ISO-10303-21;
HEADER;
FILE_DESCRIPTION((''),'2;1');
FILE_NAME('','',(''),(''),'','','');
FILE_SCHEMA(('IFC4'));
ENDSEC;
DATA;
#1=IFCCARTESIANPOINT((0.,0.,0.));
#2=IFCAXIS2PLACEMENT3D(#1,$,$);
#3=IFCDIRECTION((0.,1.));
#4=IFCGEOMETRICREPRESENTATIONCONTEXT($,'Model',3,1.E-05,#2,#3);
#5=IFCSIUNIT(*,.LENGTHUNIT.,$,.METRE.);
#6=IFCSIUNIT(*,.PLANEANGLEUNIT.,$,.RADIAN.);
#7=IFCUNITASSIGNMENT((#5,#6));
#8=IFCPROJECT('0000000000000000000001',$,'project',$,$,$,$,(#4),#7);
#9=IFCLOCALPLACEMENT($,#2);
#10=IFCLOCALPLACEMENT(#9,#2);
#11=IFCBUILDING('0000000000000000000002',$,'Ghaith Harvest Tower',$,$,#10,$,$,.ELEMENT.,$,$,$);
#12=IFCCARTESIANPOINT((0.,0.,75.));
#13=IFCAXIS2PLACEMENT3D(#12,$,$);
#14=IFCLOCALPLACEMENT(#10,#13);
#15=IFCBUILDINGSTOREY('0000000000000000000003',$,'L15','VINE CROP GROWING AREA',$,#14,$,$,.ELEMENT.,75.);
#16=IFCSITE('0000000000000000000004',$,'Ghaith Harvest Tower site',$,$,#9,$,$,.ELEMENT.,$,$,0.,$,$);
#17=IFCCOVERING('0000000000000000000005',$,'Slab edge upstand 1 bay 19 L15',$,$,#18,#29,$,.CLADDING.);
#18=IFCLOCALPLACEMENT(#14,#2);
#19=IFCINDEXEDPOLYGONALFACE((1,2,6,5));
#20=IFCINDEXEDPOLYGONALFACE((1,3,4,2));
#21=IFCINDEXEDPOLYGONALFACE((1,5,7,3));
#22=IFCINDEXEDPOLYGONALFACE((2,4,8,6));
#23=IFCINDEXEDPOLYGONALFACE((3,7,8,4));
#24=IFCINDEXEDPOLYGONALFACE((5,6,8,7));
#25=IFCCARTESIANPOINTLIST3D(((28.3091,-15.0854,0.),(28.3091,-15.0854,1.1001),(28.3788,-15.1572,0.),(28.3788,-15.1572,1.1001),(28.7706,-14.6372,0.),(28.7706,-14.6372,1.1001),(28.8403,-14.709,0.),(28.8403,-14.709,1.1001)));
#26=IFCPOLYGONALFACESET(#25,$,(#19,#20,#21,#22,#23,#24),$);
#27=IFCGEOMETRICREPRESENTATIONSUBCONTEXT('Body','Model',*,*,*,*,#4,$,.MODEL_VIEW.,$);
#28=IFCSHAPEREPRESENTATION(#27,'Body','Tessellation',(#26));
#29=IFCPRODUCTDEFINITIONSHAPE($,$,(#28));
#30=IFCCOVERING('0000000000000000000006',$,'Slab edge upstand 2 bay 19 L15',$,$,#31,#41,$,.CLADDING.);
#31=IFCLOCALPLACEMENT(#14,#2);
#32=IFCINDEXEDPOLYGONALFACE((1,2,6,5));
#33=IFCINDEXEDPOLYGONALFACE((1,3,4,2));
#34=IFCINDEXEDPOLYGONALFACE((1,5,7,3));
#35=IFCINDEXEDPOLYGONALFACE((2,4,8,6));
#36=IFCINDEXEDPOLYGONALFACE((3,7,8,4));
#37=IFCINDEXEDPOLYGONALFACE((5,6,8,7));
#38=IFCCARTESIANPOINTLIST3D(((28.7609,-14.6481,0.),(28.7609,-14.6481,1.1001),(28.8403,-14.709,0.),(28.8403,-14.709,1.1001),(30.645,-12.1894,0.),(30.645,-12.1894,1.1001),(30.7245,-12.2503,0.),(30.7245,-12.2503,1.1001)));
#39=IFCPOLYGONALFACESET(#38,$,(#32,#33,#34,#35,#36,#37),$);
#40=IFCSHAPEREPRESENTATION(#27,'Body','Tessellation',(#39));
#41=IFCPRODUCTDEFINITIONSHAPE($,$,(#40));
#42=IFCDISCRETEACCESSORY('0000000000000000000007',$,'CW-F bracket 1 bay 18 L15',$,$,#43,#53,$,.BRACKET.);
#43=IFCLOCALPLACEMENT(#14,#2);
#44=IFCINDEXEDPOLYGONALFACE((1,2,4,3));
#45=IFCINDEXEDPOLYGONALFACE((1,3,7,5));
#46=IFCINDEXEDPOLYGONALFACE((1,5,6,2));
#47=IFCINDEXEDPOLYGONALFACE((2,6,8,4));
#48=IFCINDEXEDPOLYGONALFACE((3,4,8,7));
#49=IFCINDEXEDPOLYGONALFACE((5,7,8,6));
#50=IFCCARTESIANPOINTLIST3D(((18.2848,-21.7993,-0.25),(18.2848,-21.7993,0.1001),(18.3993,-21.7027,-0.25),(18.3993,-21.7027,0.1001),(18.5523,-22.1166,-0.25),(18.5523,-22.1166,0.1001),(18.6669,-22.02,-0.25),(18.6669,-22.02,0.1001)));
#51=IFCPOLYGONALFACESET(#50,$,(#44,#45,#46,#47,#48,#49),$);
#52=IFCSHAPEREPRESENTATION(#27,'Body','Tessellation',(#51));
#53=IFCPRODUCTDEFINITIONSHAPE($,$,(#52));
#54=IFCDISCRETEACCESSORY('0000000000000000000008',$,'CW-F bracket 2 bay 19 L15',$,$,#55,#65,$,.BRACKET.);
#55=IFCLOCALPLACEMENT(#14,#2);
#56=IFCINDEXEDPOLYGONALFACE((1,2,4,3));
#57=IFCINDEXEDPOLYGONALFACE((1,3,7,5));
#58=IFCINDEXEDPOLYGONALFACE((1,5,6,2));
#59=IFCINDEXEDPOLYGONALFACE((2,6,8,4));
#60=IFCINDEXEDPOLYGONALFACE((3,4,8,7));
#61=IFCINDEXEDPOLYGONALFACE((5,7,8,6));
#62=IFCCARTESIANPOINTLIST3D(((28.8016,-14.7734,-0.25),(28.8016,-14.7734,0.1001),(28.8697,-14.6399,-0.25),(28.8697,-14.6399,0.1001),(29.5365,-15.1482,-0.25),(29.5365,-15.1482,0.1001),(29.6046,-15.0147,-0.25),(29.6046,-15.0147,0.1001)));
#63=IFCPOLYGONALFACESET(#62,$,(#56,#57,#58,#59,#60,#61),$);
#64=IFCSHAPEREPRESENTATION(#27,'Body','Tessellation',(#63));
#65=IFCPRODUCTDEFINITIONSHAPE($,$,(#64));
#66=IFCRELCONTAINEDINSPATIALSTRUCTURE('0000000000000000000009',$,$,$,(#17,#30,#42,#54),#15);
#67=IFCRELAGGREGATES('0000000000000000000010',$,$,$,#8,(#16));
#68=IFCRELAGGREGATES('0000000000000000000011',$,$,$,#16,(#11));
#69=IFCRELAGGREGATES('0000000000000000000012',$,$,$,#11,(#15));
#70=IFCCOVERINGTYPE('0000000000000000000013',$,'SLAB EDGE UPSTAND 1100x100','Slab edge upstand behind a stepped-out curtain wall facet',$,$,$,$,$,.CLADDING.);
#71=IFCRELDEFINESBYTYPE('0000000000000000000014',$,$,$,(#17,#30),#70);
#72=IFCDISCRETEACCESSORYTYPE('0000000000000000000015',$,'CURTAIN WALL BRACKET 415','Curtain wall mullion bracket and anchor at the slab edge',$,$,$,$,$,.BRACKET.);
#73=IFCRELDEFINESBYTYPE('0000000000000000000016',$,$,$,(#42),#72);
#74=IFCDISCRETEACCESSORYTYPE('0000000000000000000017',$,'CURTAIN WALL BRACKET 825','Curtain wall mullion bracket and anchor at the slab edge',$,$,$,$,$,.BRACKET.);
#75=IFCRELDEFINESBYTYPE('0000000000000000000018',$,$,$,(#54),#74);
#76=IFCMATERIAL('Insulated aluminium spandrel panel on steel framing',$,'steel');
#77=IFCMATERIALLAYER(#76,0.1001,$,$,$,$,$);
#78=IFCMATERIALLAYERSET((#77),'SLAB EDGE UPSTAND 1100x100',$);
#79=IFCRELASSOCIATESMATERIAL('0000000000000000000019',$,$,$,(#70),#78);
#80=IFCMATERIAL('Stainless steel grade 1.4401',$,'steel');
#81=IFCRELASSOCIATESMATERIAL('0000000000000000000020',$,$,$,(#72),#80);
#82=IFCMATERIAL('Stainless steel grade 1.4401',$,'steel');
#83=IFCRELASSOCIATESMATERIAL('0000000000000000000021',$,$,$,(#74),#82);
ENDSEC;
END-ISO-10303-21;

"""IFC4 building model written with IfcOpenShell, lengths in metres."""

from ifc_helpers import new_model, si_unit, direction, frame, origin, origin_2d, place, context, subcontext, project, spatial, rectangle, extrude, material, layer, layer_set, type_object, element, save


model = new_model("IFC4")

# Units and contexts
model_context = context("Model", 3, precision=1e-05, world=origin(), true_north=direction((0.0, 1.0)))
body_context = subcontext(model_context, "Body", "Model", "MODEL_VIEW")
ifc_project = project(units=[si_unit("LENGTHUNIT", "METRE"), si_unit("PLANEANGLEUNIT", "RADIAN")], contexts=[model_context])

# Site, building, storey
site_placement = place(None, origin())
site = spatial("IfcSite", under=ifc_project, at=site_placement, Name="Ghaith Harvest Tower site", CompositionType="ELEMENT", RefElevation=0.0)
building_placement = place(site_placement, origin())
building = spatial("IfcBuilding", under=site, at=building_placement, Name="Ghaith Harvest Tower", CompositionType="ELEMENT")
storey_placement = place(building_placement, frame((0.0, 0.0, 75.0)))
storey = spatial("IfcBuildingStorey", under=building, at=storey_placement, Name="L15", Description="VINE CROP GROWING AREA", CompositionType="ELEMENT", Elevation=75.0)

# Coverings
ifc_material_1 = material(Name="Insulated aluminium spandrel panel on steel framing", Category="steel")
ifc_layer_1 = layer(ifc_material_1, 0.1001)
ifc_layer_set_1 = layer_set([ifc_layer_1], Name="SLAB EDGE UPSTAND 1100x100")
covering_type = type_object("IfcCoveringType", Name="SLAB EDGE UPSTAND 1100x100", Description="Slab edge upstand behind a stepped-out curtain wall facet", PredefinedType="CLADDING", material=ifc_layer_set_1)
covering_1_placement = place(storey_placement, frame((28.5747, -14.8972, 0.0), z_axis=(0.0, 0.0, 1.0), x_axis=(0.717386, 0.696675, 0.0)))
element("IfcCovering", 1, at=covering_1_placement, inside=storey, type_object=covering_type, Name="Slab edge upstand 1 bay 19 L15", PredefinedType="CLADDING", context=body_context, shape_type="SweptSolid", body=[
    extrude(rectangle(XDim=0.6433, YDim=0.1001, at=origin_2d()), origin(), (0.0, 0.0, 1.0), 1.1001),
])
covering_2_placement = place(storey_placement, frame((29.7427, -13.4492, 0.0), z_axis=(0.0, 0.0, 1.0), x_axis=(0.608255, 0.793742, 0.0)))
element("IfcCovering", 2, at=covering_2_placement, inside=storey, type_object=covering_type, Name="Slab edge upstand 2 bay 19 L15", PredefinedType="CLADDING", context=body_context, shape_type="SweptSolid", body=[
    extrude(rectangle(XDim=3.0977, YDim=0.1001, at=origin_2d()), origin(), (0.0, 0.0, 1.0), 1.1001),
])

# Discrete accessories
ifc_material_2 = material(Name="Stainless steel grade 1.4401", Category="steel")
discrete_accessory_type_1 = type_object("IfcDiscreteAccessoryType", Name="CURTAIN WALL BRACKET 415", Description="Curtain wall mullion bracket and anchor at the slab edge", PredefinedType="BRACKET", material=ifc_material_2)
discrete_accessory_1_placement = place(storey_placement, frame((18.4758, -21.9097, -0.25), z_axis=(0.0, 0.0, 1.0), x_axis=(0.644657, -0.764472, 0.0)))
element("IfcDiscreteAccessory", 3, at=discrete_accessory_1_placement, inside=storey, type_object=discrete_accessory_type_1, Name="CW-F bracket 1 bay 18 L15", PredefinedType="BRACKET", context=body_context, shape_type="SweptSolid", body=[
    extrude(rectangle(XDim=0.415, YDim=0.1499, at=origin_2d()), origin(), (0.0, 0.0, 1.0), 0.3501),
])
ifc_material_3 = material(Name="Stainless steel grade 1.4401", Category="steel")
discrete_accessory_type_2 = type_object("IfcDiscreteAccessoryType", Name="CURTAIN WALL BRACKET 825", Description="Curtain wall mullion bracket and anchor at the slab edge", PredefinedType="BRACKET", material=ifc_material_3)
discrete_accessory_2_placement = place(storey_placement, frame((29.2031, -14.894, -0.25), z_axis=(0.0, 0.0, 1.0), x_axis=(0.890831, -0.454335, 0.0)))
element("IfcDiscreteAccessory", 4, at=discrete_accessory_2_placement, inside=storey, type_object=discrete_accessory_type_2, Name="CW-F bracket 2 bay 19 L15", PredefinedType="BRACKET", context=body_context, shape_type="SweptSolid", body=[
    extrude(rectangle(XDim=0.825, YDim=0.1499, at=origin_2d()), origin(), (0.0, 0.0, 1.0), 0.3501),
])

save(model, "model.ifc")
